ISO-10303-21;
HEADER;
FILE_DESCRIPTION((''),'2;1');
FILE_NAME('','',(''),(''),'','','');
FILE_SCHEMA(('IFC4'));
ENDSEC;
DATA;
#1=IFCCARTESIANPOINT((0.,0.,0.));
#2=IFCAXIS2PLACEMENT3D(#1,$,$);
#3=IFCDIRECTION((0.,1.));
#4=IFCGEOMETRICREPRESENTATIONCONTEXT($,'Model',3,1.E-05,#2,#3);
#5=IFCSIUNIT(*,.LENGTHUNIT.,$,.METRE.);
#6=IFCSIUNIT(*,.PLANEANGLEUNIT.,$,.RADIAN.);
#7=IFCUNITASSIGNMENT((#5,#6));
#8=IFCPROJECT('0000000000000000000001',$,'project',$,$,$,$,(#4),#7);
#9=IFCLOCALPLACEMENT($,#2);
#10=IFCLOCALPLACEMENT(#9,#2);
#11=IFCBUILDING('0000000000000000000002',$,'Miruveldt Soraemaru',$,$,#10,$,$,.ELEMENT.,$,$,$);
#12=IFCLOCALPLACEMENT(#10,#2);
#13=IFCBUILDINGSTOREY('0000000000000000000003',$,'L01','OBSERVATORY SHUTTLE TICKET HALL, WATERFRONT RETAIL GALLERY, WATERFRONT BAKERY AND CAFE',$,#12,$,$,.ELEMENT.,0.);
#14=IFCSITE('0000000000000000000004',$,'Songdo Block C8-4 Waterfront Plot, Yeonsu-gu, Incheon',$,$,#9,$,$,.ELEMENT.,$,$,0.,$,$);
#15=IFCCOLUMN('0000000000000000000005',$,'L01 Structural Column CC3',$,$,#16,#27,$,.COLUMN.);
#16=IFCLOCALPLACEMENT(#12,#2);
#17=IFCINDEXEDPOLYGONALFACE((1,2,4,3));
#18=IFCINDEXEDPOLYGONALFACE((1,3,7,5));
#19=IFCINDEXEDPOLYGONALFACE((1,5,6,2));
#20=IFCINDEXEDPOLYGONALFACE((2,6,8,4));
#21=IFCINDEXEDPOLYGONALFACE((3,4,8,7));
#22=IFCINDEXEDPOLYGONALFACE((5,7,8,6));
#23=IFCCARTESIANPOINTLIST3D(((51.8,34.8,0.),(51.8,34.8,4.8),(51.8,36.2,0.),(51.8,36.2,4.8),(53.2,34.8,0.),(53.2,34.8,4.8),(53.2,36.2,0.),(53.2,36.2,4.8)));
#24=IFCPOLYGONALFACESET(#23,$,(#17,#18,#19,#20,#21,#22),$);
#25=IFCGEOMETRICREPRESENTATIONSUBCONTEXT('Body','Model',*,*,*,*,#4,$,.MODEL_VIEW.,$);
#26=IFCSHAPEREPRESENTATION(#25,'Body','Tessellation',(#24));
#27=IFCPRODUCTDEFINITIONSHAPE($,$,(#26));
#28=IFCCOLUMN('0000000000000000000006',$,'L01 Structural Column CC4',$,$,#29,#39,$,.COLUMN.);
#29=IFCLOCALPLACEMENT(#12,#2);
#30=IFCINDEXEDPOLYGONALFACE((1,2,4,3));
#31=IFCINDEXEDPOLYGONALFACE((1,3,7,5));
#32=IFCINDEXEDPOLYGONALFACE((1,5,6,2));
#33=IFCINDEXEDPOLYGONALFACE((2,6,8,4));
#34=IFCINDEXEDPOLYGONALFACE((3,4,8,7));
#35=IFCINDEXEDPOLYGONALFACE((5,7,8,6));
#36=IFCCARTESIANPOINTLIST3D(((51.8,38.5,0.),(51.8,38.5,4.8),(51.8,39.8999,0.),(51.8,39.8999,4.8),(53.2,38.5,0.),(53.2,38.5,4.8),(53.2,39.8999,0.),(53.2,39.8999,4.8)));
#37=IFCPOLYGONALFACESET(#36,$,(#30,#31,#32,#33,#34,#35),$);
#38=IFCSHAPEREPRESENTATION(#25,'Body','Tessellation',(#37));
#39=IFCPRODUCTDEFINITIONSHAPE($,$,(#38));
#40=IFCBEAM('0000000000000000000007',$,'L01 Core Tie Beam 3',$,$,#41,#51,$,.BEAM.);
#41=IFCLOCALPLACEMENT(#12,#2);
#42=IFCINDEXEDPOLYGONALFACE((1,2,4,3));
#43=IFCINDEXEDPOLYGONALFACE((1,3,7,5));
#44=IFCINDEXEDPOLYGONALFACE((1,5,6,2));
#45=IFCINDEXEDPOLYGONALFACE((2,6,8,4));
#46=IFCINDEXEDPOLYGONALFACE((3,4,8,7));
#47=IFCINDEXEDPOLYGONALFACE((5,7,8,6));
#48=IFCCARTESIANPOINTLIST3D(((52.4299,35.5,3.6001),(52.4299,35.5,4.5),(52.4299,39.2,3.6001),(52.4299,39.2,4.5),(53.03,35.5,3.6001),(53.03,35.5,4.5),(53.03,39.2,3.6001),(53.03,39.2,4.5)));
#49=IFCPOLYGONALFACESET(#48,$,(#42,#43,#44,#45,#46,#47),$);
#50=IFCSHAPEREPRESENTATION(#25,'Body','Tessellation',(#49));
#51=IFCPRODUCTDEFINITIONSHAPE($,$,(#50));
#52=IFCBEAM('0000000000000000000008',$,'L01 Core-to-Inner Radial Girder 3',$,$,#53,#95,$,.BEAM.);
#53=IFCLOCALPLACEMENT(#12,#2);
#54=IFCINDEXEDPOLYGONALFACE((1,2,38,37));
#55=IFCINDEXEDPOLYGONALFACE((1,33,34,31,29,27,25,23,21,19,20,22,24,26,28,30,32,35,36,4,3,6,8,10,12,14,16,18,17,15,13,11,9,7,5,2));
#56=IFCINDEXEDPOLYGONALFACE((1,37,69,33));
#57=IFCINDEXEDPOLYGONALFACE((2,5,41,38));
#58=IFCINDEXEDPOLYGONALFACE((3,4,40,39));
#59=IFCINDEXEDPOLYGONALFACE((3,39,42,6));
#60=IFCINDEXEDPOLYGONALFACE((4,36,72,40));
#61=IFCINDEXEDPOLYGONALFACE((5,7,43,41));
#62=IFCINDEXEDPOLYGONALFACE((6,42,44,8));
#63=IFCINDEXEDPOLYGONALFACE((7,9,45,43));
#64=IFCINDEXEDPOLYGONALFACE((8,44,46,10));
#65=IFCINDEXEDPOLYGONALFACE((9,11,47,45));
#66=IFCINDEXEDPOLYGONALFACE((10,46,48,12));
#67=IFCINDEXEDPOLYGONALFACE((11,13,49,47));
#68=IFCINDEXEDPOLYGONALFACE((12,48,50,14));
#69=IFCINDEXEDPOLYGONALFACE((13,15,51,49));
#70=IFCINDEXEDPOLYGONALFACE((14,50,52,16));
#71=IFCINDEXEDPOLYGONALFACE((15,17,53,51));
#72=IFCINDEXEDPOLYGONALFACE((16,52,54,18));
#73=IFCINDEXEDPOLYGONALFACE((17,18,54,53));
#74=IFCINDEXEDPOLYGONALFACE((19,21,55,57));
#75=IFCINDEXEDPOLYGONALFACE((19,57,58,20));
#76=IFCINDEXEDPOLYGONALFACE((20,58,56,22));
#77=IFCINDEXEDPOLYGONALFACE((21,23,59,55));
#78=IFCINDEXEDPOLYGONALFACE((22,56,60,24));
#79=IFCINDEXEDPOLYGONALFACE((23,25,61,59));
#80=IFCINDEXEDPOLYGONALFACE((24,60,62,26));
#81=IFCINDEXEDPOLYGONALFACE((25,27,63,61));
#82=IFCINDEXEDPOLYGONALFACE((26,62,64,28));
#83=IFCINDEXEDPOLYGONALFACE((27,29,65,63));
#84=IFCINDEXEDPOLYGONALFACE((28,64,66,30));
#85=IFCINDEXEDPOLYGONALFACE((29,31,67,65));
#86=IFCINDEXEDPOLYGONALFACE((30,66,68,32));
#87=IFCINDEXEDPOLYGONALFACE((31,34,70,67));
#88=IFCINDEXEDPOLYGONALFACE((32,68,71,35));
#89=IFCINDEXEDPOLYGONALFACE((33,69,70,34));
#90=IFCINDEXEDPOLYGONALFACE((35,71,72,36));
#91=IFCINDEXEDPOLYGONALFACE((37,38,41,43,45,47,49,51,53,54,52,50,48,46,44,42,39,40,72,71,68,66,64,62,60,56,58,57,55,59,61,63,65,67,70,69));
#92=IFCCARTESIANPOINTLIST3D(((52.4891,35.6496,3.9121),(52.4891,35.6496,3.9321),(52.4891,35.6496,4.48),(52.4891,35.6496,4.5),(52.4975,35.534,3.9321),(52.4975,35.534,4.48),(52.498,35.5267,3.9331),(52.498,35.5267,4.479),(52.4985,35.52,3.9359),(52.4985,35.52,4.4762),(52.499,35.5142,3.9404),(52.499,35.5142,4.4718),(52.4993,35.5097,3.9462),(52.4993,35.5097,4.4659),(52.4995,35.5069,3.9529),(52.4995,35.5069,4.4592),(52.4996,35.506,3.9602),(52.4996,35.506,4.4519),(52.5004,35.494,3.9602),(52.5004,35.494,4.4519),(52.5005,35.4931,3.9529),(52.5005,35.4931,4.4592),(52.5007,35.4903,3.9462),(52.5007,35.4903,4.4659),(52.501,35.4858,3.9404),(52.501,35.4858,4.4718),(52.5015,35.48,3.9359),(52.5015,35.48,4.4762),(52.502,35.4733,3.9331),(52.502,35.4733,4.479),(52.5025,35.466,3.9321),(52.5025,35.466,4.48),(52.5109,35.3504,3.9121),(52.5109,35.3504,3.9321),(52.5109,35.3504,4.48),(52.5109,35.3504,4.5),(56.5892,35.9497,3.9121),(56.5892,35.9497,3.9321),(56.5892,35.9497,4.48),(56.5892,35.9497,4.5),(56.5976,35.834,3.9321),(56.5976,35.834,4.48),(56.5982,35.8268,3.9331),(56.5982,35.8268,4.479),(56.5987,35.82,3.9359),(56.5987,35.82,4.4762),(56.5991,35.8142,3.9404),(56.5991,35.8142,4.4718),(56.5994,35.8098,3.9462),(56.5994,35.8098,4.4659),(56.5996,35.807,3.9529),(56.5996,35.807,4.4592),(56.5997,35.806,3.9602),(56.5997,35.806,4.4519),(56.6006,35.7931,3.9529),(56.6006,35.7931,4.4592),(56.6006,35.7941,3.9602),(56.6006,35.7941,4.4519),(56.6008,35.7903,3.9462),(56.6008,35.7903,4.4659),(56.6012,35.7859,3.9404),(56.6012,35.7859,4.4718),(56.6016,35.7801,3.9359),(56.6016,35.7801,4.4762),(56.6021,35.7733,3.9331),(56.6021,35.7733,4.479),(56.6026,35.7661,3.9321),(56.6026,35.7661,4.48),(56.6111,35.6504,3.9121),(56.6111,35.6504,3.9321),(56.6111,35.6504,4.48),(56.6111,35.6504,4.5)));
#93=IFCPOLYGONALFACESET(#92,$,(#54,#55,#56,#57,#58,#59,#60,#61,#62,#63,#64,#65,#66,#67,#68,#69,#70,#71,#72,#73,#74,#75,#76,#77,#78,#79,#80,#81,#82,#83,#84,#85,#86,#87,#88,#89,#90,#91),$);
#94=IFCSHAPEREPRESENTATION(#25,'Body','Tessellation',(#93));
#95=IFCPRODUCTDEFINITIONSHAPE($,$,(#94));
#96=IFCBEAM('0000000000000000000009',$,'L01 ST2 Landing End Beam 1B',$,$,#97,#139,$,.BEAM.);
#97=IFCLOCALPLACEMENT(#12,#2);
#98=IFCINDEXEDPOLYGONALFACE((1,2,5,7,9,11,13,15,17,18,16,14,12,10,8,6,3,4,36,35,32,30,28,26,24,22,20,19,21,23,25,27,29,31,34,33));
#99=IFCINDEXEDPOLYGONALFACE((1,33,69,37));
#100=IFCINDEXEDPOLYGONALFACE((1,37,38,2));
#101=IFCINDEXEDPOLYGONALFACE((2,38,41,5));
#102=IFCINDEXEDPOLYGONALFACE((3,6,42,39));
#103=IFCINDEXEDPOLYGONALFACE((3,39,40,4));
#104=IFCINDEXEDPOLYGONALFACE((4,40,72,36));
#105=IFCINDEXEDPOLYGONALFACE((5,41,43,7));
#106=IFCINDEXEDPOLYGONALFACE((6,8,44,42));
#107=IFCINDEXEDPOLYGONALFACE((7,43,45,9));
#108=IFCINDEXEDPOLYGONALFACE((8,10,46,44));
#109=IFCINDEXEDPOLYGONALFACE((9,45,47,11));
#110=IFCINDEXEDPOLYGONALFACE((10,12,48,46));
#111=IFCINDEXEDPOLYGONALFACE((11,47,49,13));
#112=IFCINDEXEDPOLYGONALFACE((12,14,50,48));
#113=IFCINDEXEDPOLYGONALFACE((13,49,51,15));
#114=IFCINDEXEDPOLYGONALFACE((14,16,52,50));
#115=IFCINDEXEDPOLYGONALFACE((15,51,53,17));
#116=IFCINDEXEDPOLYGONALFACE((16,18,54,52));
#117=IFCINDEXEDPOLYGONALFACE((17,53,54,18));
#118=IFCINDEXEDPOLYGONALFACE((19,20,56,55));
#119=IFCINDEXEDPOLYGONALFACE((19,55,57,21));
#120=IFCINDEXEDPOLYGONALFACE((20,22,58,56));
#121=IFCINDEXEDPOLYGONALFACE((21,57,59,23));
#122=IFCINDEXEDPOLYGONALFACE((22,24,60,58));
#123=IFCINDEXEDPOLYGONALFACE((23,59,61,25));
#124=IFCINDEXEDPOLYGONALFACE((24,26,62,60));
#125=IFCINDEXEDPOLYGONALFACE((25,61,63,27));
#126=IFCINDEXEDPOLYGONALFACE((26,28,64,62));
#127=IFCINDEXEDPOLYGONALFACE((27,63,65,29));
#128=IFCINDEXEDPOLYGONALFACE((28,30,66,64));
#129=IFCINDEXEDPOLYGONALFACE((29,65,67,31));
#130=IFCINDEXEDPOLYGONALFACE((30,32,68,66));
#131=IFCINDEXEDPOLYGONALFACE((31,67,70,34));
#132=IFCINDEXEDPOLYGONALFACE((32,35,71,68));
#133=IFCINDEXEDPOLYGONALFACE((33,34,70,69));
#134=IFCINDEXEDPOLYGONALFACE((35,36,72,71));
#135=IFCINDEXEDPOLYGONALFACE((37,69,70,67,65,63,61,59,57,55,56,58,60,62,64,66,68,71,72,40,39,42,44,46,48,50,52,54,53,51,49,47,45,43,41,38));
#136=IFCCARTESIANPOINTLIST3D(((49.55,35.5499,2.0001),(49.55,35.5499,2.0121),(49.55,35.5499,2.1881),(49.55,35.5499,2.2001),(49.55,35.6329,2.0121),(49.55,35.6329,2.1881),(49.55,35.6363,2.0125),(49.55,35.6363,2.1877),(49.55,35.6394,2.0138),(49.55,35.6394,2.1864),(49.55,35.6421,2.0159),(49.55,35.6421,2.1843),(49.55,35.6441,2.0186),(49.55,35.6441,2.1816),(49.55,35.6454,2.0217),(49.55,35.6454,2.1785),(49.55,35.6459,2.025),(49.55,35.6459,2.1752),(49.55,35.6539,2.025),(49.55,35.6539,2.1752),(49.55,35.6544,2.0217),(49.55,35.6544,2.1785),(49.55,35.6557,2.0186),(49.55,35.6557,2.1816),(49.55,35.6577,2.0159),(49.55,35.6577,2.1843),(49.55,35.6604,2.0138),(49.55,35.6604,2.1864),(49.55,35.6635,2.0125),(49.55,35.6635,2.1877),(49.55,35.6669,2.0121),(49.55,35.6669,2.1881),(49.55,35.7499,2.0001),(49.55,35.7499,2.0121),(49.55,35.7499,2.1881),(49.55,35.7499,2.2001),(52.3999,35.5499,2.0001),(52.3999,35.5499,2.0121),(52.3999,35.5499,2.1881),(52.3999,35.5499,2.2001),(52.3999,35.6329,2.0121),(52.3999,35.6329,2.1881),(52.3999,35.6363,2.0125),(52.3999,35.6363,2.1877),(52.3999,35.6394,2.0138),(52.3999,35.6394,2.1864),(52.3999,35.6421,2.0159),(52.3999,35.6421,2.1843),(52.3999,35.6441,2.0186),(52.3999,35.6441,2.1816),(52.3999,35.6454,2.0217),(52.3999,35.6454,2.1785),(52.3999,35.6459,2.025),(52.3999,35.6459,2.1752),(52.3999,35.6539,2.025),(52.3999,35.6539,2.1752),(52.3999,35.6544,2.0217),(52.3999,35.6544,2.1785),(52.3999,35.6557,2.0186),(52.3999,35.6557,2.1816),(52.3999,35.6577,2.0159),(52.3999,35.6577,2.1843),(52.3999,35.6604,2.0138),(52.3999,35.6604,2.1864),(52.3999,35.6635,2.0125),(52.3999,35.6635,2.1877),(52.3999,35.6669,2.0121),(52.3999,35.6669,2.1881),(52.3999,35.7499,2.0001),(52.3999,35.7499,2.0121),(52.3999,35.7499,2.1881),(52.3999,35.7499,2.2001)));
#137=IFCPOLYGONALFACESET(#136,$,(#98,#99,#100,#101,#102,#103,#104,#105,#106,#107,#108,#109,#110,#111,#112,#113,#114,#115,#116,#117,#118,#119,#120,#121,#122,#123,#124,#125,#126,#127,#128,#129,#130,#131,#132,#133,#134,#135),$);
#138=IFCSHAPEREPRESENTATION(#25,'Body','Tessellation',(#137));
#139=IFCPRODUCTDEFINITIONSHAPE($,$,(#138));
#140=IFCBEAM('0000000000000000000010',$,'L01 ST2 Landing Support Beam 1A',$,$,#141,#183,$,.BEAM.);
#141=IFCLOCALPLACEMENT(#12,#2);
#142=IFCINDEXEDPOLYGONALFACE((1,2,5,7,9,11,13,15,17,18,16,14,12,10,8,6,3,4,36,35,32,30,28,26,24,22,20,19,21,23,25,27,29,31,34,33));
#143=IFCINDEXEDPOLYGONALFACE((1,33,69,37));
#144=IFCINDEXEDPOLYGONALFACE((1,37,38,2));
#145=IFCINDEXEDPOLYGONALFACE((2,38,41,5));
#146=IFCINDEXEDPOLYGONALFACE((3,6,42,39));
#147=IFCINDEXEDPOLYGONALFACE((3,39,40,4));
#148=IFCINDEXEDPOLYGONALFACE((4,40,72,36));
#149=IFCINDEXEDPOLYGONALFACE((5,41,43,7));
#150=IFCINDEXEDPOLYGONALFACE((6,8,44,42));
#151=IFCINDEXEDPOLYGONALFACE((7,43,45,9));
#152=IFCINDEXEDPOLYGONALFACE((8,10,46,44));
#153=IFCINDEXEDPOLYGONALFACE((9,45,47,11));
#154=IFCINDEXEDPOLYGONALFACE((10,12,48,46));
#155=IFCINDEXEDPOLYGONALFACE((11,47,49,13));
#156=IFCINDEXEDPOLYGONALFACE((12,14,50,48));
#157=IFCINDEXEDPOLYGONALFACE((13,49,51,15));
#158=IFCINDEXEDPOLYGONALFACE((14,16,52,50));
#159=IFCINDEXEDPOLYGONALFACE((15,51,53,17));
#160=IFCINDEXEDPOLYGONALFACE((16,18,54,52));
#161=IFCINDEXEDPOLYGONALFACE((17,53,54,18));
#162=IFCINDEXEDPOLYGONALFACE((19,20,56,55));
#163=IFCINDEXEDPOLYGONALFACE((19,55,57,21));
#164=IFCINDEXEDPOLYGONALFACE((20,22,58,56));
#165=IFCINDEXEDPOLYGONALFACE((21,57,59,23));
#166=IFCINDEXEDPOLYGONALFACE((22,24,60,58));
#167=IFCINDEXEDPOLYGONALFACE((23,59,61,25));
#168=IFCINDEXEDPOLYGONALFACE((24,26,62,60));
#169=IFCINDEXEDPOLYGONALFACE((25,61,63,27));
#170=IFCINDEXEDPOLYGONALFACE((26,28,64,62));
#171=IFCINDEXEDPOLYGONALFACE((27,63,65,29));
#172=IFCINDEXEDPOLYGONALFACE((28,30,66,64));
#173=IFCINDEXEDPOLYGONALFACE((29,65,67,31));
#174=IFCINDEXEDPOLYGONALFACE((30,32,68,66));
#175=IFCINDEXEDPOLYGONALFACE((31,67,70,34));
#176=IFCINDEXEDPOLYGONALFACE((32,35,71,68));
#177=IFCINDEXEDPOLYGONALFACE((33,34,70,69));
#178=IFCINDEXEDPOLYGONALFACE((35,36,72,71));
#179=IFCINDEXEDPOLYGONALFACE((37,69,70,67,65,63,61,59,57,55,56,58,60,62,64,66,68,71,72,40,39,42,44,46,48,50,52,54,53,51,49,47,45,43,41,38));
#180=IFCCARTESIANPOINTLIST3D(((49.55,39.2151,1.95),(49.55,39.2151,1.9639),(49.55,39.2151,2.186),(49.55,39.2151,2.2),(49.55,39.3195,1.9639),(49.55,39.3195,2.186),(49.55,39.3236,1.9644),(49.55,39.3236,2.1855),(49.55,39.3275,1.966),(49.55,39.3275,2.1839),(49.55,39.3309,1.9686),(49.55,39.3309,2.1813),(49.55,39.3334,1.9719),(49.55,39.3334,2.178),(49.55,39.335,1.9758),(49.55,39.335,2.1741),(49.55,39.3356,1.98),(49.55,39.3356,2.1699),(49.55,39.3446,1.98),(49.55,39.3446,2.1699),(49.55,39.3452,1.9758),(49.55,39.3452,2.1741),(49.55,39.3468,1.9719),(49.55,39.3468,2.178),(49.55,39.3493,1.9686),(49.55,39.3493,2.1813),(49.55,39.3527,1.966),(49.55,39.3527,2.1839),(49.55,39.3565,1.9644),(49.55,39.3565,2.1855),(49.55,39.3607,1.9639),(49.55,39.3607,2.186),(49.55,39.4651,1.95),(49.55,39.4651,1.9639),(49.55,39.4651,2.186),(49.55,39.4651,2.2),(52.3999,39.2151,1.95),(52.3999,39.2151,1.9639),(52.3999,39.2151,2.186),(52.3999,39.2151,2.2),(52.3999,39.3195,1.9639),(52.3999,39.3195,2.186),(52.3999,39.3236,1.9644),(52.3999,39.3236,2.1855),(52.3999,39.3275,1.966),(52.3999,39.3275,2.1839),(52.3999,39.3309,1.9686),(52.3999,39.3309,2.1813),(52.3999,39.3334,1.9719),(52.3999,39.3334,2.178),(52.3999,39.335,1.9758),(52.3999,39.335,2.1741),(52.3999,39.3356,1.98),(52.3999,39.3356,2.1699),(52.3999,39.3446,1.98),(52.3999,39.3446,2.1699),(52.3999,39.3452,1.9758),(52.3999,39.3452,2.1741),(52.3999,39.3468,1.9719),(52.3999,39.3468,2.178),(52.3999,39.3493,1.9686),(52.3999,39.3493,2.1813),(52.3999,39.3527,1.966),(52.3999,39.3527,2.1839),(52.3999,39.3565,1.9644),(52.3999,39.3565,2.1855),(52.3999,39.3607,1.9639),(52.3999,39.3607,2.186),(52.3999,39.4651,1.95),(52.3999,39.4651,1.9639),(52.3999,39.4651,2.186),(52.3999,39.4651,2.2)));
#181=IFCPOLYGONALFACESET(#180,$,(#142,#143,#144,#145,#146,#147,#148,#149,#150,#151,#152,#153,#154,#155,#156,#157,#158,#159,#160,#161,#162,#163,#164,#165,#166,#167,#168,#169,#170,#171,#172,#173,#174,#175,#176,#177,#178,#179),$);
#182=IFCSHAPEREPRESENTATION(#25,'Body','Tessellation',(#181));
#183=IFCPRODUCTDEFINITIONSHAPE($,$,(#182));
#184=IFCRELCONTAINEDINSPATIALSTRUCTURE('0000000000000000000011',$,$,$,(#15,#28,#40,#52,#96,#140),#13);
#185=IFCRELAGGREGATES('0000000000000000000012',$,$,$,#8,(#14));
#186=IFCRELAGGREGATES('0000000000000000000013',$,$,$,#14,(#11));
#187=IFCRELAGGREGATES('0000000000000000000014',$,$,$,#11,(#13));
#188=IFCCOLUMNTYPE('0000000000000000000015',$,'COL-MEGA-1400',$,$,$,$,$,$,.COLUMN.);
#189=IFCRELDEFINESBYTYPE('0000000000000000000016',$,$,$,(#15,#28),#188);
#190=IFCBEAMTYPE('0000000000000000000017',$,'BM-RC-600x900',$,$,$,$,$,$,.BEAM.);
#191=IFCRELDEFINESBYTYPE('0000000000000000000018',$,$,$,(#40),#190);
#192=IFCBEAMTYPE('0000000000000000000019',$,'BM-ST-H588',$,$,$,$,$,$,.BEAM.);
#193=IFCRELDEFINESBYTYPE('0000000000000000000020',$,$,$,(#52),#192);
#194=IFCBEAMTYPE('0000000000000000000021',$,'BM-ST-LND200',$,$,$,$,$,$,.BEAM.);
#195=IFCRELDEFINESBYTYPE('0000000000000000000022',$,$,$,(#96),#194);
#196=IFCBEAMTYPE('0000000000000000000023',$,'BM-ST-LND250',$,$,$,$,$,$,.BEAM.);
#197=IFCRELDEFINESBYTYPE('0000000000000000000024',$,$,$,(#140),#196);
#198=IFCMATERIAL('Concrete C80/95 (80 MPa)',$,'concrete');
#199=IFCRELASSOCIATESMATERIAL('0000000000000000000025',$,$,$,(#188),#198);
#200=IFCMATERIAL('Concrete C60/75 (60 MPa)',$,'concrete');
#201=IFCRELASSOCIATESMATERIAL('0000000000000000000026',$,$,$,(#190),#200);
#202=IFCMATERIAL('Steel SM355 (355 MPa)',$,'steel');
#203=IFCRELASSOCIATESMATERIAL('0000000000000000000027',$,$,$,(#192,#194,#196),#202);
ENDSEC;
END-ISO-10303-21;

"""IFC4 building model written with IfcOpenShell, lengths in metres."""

from ifc_helpers import new_model, si_unit, direction, frame, origin, origin_2d, place, context, subcontext, project, spatial, rectangle, i_section, extrude, material, material_profile, profile_set, type_object, element, save


model = new_model("IFC4")

# Units and contexts
model_context = context("Model", 3, precision=1e-05, world=origin(), true_north=direction((0.0, 1.0)))
body_context = subcontext(model_context, "Body", "Model", "MODEL_VIEW")
ifc_project = project(units=[si_unit("LENGTHUNIT", "METRE"), si_unit("PLANEANGLEUNIT", "RADIAN")], contexts=[model_context])

# Site, building, storey
site_placement = place(None, origin())
site = spatial("IfcSite", under=ifc_project, at=site_placement, Name="Songdo Block C8-4 Waterfront Plot, Yeonsu-gu, Incheon", CompositionType="ELEMENT", RefElevation=0.0)
building_placement = place(site_placement, origin())
building = spatial("IfcBuilding", under=site, at=building_placement, Name="Miruveldt Soraemaru", CompositionType="ELEMENT")
storey_placement = place(building_placement, origin())
storey = spatial("IfcBuildingStorey", under=building, at=storey_placement, Name="L01", Description="OBSERVATORY SHUTTLE TICKET HALL, WATERFRONT RETAIL GALLERY, WATERFRONT BAKERY AND CAFE", CompositionType="ELEMENT", Elevation=0.0)

# Columns
ifc_material_1 = material(Name="Concrete C80/95 (80 MPa)", Category="concrete")
ifc_material_profile_1 = material_profile(ifc_material_1, rectangle(XDim=1.3999, YDim=1.3999, at=origin_2d()), Name="Concrete C80/95 (80 MPa)", Category="concrete")
ifc_profile_set_1 = profile_set([ifc_material_profile_1], Name="Concrete C80/95 (80 MPa)")
column_type = type_object("IfcColumnType", Name="COL-MEGA-1400", PredefinedType="COLUMN", material=ifc_profile_set_1)
for number, where, z_axis, x_axis, name in (
    (1, (52.5, 35.5, 0.0), (0.0, 0.0, 1.0), (1.0, 0.0, 0.0), "L01 Structural Column CC3"),
    (2, (52.5, 39.2, 0.0), (0.0, 0.0, 1.0), (1.0, 0.0, 0.0), "L01 Structural Column CC4"),
):
    element("IfcColumn", number, at=place(storey_placement, frame(where, z_axis=z_axis, x_axis=x_axis)), inside=storey, type_object=column_type, Name=name, PredefinedType="COLUMN", context=body_context, shape_type="SweptSolid", body=[
        extrude(rectangle(XDim=1.3999, YDim=1.3999, at=origin_2d()), origin(), (0.0, 0.0, 1.0), 4.8),
    ])

# Beams
ifc_material_2 = material(Name="Concrete C60/75 (60 MPa)", Category="concrete")
ifc_material_profile_2 = material_profile(ifc_material_2, rectangle(XDim=0.6001, YDim=0.8999, at=origin_2d()), Name="Concrete C60/75 (60 MPa)", Category="concrete")
ifc_profile_set_2 = profile_set([ifc_material_profile_2], Name="Concrete C60/75 (60 MPa)")
beam_type_1 = type_object("IfcBeamType", Name="BM-RC-600x900", PredefinedType="BEAM", material=ifc_profile_set_2)
beam_1_placement = place(storey_placement, frame((52.73, 35.5, 4.05), z_axis=(0.0, 1.0, 0.0), x_axis=(-1.0, 0.0, 0.0)))
element("IfcBeam", 3, at=beam_1_placement, inside=storey, type_object=beam_type_1, Name="L01 Core Tie Beam 3", PredefinedType="BEAM", context=body_context, shape_type="SweptSolid", body=[
    extrude(rectangle(XDim=0.6001, YDim=0.8999, at=origin_2d()), origin(), (0.0, 0.0, 1.0), 3.7),
])
ifc_material_3 = material(Name="Steel SM355 (355 MPa)", Category="steel")
ifc_material_profile_3 = material_profile(ifc_material_3, i_section(OverallWidth=0.3, OverallDepth=0.5879, WebThickness=0.012, FlangeThickness=0.02, FilletRadius=0.0281, at=origin_2d()), Name="Steel SM355 (355 MPa)", Category="steel")
ifc_profile_set_3 = profile_set([ifc_material_profile_3], Name="Steel SM355 (355 MPa)")
beam_type_2 = type_object("IfcBeamType", Name="BM-ST-H588", PredefinedType="BEAM", material=ifc_profile_set_3)
beam_2_placement = place(storey_placement, frame((52.5, 35.5, 4.2061), z_axis=(0.997333, 0.072986, 0.0), x_axis=(-0.072986, 0.997333, 0.0)))
element("IfcBeam", 4, at=beam_2_placement, inside=storey, type_object=beam_type_2, Name="L01 Core-to-Inner Radial Girder 3", PredefinedType="BEAM", context=body_context, shape_type="SweptSolid", body=[
    extrude(i_section(OverallWidth=0.3, OverallDepth=0.5879, WebThickness=0.012, FlangeThickness=0.02, FilletRadius=0.0281, at=origin_2d()), origin(), (0.0, 0.0, 1.0), 4.1111),
])
ifc_material_profile_4 = material_profile(ifc_material_3, i_section(OverallWidth=0.2, OverallDepth=0.2, WebThickness=0.0081, FlangeThickness=0.012, FilletRadius=0.0129, at=origin_2d()), Name="Steel SM355 (355 MPa)", Category="steel")
ifc_profile_set_4 = profile_set([ifc_material_profile_4], Name="Steel SM355 (355 MPa)")
beam_type_3 = type_object("IfcBeamType", Name="BM-ST-LND200", PredefinedType="BEAM", material=ifc_profile_set_4)
beam_3_placement = place(storey_placement, frame((49.55, 35.6499, 2.1001), z_axis=(1.0, 0.0, 0.0), x_axis=(0.0, 1.0, 0.0)))
element("IfcBeam", 5, at=beam_3_placement, inside=storey, type_object=beam_type_3, Name="L01 ST2 Landing End Beam 1B", PredefinedType="BEAM", context=body_context, shape_type="SweptSolid", body=[
    extrude(i_section(OverallWidth=0.2, OverallDepth=0.2, WebThickness=0.0081, FlangeThickness=0.012, FilletRadius=0.0129, at=origin_2d()), origin(), (0.0, 0.0, 1.0), 2.8499),
])
ifc_material_profile_5 = material_profile(ifc_material_3, i_section(OverallWidth=0.25, OverallDepth=0.25, WebThickness=0.009, FlangeThickness=0.0139, FilletRadius=0.0161, at=origin_2d()), Name="Steel SM355 (355 MPa)", Category="steel")
ifc_profile_set_5 = profile_set([ifc_material_profile_5], Name="Steel SM355 (355 MPa)")
beam_type_4 = type_object("IfcBeamType", Name="BM-ST-LND250", PredefinedType="BEAM", material=ifc_profile_set_5)
beam_4_placement = place(storey_placement, frame((49.55, 39.3401, 2.075), z_axis=(1.0, 0.0, 0.0), x_axis=(0.0, 1.0, 0.0)))
element("IfcBeam", 6, at=beam_4_placement, inside=storey, type_object=beam_type_4, Name="L01 ST2 Landing Support Beam 1A", PredefinedType="BEAM", context=body_context, shape_type="SweptSolid", body=[
    extrude(i_section(OverallWidth=0.25, OverallDepth=0.25, WebThickness=0.009, FlangeThickness=0.0139, FilletRadius=0.0161, at=origin_2d()), origin(), (0.0, 0.0, 1.0), 2.8499),
])

save(model, "model.ifc")
